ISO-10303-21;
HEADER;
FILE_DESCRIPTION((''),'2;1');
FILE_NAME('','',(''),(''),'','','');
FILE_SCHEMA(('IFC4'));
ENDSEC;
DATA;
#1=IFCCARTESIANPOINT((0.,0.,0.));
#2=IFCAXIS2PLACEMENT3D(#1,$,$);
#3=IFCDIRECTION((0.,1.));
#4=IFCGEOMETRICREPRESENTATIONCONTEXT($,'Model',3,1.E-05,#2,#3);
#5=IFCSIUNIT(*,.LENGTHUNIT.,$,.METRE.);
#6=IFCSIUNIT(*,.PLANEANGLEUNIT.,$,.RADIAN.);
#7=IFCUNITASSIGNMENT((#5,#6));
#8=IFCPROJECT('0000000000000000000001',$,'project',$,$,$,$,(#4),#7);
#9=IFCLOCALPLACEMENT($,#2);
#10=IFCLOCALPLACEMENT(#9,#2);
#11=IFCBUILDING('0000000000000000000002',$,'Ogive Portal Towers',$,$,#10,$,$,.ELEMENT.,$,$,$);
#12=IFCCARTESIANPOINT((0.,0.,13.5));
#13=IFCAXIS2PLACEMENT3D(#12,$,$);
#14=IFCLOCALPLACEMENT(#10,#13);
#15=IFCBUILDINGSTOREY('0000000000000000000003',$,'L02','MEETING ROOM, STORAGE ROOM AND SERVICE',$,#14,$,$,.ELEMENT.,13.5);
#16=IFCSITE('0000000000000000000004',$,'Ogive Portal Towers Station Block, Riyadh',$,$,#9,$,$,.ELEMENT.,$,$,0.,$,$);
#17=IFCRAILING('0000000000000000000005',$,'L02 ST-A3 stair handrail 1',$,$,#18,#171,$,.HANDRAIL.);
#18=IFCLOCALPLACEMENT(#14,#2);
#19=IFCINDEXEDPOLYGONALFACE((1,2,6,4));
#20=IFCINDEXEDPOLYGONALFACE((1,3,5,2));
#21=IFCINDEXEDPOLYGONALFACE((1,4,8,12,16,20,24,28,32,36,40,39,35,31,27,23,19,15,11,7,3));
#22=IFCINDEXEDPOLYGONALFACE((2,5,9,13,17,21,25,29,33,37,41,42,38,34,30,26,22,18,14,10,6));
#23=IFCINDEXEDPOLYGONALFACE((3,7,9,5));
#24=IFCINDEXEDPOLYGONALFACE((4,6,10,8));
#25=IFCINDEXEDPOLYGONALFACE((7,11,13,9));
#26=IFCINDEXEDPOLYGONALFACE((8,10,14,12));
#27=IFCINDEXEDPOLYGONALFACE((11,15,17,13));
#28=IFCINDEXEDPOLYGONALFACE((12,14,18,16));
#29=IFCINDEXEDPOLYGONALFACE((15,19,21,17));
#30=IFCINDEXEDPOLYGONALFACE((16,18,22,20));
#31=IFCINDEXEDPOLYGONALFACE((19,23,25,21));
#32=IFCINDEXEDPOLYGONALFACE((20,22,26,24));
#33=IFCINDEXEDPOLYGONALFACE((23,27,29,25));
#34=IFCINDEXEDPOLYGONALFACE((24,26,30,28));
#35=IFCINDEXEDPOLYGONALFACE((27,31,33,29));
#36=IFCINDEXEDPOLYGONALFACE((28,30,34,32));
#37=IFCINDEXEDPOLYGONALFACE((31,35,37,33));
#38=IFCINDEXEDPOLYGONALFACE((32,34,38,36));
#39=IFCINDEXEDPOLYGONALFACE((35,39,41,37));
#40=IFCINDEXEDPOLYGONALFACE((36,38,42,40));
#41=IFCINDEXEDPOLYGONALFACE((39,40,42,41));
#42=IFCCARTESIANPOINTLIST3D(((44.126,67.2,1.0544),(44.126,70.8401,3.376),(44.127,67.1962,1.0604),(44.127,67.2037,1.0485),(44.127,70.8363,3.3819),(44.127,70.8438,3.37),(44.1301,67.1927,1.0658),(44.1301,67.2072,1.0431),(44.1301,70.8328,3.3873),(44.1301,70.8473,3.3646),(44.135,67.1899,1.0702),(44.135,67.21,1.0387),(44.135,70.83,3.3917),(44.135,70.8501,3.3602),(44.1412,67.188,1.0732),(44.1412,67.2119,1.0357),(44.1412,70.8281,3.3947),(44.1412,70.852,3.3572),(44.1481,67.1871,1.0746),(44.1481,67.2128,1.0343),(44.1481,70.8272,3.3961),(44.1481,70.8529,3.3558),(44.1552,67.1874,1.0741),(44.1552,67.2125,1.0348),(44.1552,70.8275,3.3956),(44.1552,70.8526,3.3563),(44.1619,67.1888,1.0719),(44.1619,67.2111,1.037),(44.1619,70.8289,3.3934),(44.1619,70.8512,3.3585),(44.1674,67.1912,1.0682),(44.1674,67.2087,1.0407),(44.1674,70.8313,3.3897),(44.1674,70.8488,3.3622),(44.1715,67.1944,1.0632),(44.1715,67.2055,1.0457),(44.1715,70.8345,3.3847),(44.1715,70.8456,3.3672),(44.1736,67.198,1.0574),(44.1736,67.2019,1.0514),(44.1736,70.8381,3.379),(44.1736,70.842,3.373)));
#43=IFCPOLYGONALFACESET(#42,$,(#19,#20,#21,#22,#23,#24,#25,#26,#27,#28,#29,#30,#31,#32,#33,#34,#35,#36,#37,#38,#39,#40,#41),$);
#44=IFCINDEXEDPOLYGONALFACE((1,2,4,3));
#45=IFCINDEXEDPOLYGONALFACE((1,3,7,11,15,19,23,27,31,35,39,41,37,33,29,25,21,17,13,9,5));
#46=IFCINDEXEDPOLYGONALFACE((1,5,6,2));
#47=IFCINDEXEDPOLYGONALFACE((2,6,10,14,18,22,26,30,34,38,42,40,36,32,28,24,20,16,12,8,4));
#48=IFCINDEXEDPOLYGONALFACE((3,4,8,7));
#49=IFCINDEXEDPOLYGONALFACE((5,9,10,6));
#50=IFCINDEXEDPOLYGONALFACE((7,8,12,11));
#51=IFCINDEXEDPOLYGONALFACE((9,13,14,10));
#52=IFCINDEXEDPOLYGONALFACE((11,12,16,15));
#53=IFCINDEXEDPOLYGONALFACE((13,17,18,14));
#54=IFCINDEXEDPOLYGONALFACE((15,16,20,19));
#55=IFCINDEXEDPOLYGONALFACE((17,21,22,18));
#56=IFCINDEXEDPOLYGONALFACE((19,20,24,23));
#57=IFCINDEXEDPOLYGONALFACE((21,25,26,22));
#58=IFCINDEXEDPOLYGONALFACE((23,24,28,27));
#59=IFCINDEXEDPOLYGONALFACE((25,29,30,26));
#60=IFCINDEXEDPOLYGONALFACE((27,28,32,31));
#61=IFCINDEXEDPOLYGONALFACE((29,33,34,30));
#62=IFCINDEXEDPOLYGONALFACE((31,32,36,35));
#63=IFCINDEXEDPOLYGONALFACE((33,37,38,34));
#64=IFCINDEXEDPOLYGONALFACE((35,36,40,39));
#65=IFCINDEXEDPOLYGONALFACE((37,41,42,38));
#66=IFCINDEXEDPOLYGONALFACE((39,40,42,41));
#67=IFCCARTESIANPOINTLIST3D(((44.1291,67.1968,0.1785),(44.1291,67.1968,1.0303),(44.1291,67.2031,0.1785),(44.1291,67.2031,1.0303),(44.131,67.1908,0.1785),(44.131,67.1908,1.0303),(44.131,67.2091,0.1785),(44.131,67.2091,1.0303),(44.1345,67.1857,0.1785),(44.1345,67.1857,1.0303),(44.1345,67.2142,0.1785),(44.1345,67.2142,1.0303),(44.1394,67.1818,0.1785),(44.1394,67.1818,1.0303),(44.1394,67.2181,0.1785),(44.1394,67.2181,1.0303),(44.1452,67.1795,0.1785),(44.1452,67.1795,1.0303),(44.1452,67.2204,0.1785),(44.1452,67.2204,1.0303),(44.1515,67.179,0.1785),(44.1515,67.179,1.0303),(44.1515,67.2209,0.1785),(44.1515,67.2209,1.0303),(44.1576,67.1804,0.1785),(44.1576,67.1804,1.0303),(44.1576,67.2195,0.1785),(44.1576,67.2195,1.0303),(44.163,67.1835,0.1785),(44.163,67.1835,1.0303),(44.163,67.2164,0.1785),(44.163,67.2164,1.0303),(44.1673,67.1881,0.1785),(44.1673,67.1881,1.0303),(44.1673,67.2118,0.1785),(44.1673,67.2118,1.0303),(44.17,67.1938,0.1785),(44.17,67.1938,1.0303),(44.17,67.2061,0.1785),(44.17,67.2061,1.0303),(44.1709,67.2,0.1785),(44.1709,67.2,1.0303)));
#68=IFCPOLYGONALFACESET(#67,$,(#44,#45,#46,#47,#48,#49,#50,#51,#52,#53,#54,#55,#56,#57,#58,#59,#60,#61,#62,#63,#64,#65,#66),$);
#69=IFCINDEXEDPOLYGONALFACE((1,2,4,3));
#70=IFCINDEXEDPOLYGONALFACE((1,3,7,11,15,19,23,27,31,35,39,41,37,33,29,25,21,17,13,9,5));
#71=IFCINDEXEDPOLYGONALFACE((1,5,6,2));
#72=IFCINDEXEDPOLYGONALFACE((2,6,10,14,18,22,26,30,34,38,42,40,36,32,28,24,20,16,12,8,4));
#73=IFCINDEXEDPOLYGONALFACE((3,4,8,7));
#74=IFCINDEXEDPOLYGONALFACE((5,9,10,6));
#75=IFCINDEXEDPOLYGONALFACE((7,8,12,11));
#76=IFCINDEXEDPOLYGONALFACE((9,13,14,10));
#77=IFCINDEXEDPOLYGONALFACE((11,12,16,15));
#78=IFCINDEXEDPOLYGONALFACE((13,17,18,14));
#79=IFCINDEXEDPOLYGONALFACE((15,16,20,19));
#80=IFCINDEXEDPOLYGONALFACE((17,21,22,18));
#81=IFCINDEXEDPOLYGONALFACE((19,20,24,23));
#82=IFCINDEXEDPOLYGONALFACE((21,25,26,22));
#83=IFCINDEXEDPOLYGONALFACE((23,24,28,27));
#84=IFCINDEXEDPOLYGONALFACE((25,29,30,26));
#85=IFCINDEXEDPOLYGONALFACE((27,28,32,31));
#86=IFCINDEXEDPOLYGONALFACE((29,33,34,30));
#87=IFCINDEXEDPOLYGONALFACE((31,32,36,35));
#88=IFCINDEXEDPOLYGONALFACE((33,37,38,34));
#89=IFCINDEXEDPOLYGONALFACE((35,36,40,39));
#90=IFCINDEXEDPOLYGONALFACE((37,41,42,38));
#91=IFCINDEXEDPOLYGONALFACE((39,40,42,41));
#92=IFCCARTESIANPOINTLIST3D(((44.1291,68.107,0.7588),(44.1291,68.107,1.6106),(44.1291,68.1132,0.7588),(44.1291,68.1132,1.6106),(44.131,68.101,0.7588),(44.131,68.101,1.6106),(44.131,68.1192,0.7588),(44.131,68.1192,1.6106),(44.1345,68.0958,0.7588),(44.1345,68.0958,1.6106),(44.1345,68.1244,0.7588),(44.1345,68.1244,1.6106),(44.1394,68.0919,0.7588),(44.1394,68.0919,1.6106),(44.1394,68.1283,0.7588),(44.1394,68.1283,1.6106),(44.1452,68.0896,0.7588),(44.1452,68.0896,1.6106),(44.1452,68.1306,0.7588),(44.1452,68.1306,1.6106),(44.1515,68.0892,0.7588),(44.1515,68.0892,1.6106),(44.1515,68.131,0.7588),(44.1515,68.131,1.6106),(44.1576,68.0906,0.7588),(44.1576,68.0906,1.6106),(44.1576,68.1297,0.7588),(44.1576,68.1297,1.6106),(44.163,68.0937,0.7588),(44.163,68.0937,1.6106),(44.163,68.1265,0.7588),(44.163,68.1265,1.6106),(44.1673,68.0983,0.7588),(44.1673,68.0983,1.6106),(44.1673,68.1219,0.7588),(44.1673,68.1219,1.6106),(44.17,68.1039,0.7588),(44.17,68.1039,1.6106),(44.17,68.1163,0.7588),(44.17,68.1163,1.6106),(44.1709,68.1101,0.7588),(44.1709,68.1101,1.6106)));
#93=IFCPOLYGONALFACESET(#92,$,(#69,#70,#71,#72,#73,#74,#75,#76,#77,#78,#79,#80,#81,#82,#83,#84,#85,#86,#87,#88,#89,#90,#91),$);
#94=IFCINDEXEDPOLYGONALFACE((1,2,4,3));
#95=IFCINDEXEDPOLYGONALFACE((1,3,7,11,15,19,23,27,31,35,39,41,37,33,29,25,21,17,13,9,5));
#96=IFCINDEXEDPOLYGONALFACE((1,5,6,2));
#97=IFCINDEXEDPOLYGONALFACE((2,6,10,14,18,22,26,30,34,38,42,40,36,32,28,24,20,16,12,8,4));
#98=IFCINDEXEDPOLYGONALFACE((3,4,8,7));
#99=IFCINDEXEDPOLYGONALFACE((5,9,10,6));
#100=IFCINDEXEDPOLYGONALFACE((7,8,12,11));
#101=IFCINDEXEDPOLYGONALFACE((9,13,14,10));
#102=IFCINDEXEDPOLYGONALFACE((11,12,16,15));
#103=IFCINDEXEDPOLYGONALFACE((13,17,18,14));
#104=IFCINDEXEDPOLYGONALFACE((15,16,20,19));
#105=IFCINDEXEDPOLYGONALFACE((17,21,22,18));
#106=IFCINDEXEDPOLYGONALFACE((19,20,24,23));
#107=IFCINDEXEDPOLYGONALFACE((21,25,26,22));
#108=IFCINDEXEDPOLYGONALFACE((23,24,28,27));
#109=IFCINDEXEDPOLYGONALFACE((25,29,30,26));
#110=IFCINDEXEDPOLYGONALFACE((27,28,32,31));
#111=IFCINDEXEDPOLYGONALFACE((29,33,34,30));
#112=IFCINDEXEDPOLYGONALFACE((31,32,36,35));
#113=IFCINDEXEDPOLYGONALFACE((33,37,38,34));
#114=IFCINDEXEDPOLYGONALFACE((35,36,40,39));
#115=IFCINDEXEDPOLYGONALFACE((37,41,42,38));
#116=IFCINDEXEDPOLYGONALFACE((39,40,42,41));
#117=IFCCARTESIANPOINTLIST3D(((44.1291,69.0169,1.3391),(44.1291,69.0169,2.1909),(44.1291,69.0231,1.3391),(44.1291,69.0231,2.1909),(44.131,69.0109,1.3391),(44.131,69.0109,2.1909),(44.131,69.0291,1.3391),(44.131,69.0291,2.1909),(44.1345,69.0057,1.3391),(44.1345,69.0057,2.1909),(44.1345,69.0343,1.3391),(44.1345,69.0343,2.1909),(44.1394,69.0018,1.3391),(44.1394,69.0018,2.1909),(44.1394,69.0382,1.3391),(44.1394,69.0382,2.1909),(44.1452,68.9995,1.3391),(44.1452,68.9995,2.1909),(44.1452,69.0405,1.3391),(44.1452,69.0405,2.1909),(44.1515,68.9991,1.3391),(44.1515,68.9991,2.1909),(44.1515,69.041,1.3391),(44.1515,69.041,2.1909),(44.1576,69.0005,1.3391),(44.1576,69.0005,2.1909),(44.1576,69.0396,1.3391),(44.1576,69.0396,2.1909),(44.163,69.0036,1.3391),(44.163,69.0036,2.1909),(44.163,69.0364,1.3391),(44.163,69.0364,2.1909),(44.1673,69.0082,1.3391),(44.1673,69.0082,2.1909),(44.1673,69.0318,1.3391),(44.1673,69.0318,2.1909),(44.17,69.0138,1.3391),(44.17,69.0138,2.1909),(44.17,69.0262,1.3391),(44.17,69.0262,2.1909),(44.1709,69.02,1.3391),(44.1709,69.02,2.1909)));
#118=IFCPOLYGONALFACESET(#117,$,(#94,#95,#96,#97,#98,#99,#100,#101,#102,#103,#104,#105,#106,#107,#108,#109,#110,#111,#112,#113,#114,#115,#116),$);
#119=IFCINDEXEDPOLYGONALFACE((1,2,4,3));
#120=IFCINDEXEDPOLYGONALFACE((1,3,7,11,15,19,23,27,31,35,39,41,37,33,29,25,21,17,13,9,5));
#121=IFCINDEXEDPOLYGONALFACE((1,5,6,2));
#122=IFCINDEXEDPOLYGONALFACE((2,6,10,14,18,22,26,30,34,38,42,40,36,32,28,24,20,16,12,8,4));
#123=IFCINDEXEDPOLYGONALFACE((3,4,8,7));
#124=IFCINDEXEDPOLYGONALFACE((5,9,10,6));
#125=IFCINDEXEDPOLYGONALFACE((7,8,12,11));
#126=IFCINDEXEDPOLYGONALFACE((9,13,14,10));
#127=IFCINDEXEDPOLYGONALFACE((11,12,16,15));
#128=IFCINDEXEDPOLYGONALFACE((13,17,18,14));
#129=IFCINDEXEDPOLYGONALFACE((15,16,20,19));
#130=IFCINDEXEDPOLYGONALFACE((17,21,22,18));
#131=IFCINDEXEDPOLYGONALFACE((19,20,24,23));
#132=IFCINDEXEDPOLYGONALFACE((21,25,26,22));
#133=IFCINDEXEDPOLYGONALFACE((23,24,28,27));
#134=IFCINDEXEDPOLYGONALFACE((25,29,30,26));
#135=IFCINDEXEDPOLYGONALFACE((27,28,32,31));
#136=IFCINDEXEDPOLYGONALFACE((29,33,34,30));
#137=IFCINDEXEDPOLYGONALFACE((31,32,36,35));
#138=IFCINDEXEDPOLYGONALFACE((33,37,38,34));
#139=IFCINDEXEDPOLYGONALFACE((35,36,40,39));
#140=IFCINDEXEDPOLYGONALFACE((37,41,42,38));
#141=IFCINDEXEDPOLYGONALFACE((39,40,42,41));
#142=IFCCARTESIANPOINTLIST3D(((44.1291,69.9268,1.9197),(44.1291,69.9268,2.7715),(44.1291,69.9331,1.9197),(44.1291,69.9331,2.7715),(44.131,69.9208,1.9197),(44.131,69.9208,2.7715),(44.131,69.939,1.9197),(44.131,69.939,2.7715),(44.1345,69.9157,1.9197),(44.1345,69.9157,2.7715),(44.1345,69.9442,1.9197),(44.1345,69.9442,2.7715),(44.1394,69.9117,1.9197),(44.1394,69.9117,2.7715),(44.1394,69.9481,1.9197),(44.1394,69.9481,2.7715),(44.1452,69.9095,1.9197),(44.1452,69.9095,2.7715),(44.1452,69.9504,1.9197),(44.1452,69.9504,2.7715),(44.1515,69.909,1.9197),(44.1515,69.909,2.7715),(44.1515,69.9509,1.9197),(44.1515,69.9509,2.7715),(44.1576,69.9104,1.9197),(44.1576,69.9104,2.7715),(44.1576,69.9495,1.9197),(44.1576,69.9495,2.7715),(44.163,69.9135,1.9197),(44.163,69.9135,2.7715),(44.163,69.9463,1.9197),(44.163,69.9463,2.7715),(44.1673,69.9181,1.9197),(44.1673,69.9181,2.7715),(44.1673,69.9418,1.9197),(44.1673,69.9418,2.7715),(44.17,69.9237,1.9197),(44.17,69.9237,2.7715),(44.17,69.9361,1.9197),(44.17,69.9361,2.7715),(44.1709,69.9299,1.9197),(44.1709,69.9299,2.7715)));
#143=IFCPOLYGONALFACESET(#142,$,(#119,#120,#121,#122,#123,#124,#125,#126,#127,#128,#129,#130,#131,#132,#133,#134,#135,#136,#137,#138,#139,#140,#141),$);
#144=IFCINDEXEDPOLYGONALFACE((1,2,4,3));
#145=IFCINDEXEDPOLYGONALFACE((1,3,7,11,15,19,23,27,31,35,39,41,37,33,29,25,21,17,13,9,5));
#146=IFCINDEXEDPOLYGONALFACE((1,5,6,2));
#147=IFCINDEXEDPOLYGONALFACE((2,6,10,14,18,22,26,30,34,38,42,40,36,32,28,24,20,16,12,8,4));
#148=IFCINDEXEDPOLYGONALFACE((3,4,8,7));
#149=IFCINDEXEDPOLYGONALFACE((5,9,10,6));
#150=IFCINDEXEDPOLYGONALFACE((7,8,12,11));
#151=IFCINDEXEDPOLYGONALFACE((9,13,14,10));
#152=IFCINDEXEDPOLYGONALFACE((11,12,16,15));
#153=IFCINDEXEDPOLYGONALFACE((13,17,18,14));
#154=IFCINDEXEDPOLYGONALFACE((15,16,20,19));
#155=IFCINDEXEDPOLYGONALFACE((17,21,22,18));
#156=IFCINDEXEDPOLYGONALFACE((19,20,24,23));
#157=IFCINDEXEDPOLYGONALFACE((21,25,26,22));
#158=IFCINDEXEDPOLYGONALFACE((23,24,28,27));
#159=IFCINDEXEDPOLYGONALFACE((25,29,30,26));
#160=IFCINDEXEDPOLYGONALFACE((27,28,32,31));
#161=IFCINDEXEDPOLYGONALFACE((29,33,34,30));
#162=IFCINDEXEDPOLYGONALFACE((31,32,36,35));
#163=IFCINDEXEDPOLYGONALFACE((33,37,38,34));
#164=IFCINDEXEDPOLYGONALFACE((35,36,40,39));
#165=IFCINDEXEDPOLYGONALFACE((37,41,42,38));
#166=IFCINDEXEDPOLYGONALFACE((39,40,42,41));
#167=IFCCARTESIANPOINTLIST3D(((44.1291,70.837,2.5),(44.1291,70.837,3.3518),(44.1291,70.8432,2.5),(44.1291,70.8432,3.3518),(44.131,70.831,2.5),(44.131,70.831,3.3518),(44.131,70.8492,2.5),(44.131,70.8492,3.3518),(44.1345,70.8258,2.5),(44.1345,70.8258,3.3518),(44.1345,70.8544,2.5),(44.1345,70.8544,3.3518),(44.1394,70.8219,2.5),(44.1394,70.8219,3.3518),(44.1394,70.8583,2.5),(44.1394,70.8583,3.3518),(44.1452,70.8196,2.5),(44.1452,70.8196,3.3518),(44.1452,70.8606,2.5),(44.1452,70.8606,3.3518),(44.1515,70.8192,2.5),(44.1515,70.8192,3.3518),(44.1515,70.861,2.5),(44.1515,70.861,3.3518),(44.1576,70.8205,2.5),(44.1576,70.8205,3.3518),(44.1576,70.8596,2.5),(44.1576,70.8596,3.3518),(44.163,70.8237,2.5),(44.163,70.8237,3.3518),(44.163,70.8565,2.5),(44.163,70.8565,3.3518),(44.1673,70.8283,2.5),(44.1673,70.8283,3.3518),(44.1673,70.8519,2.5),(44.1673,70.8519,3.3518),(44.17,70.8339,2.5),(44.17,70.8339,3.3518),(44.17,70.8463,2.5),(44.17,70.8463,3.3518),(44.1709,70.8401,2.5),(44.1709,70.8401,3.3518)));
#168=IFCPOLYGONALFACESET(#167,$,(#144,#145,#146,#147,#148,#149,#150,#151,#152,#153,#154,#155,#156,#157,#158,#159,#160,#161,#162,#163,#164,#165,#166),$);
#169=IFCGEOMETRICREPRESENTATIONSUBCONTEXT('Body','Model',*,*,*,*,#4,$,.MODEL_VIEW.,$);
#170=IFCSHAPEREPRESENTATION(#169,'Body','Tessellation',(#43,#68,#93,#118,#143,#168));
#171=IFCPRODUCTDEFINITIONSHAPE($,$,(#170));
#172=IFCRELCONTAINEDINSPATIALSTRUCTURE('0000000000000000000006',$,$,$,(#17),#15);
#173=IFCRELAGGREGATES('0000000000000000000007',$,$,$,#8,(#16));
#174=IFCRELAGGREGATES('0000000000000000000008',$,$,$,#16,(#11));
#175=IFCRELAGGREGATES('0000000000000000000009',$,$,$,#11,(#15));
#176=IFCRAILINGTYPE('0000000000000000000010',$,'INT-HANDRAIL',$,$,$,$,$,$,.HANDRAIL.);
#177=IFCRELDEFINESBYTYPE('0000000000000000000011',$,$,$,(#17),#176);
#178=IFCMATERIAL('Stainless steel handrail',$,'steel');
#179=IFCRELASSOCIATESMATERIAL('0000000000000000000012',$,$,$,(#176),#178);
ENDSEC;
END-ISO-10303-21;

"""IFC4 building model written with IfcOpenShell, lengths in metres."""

from ifc_helpers import new_model, si_unit, direction, frame, origin, origin_2d, place, context, subcontext, project, spatial, circle, extrude, material, type_object, element, save


model = new_model("IFC4")

# Units and contexts
model_context = context("Model", 3, precision=1e-05, world=origin(), true_north=direction((0.0, 1.0)))
body_context = subcontext(model_context, "Body", "Model", "MODEL_VIEW")
ifc_project = project(units=[si_unit("LENGTHUNIT", "METRE"), si_unit("PLANEANGLEUNIT", "RADIAN")], contexts=[model_context])

# Site, building, storey
site_placement = place(None, origin())
site = spatial("IfcSite", under=ifc_project, at=site_placement, Name="Ogive Portal Towers Station Block, Riyadh", CompositionType="ELEMENT", RefElevation=0.0)
building_placement = place(site_placement, origin())
building = spatial("IfcBuilding", under=site, at=building_placement, Name="Ogive Portal Towers", CompositionType="ELEMENT")
storey_placement = place(building_placement, frame((0.0, 0.0, 13.5)))
storey = spatial("IfcBuildingStorey", under=building, at=storey_placement, Name="L02", Description="MEETING ROOM, STORAGE ROOM AND SERVICE", CompositionType="ELEMENT", Elevation=13.5)

# Railing
ifc_material_1 = material(Name="Stainless steel handrail", Category="steel")
railing_type_1 = type_object("IfcRailingType", Name="INT-HANDRAIL", PredefinedType="HANDRAIL", material=ifc_material_1)
railing_1_placement = place(storey_placement, frame((44.1499, 67.2, 0.1785)))
element("IfcRailing", 1, at=railing_1_placement, inside=storey, type_object=railing_type_1, Name="L02 ST-A3 stair handrail 1", PredefinedType="HANDRAIL", context=body_context, shape_type="SweptSolid", body=[
    extrude(circle(Radius=0.0239, at=origin_2d()), frame((0.0, 0.0, 0.876), z_axis=(0.0, 0.843128, 0.537713), x_axis=(-1.0, 0.0, 0.0)), (0.0, 0.0, 1.0), 4.3174),
    extrude(circle(Radius=0.021, at=origin_2d()), origin(), (0.0, 0.0, 1.0), 0.8518),
    extrude(circle(Radius=0.021, at=origin_2d()), frame((0.0, 0.9102, 0.5803)), (0.0, 0.0, 1.0), 0.8518),
    extrude(circle(Radius=0.021, at=origin_2d()), frame((0.0, 1.8201, 1.1606)), (0.0, 0.0, 1.0), 0.8518),
    extrude(circle(Radius=0.021, at=origin_2d()), frame((0.0, 2.73, 1.7412)), (0.0, 0.0, 1.0), 0.8518),
    extrude(circle(Radius=0.021, at=origin_2d()), frame((0.0, 3.6401, 2.3215)), (0.0, 0.0, 1.0), 0.8518),
])

save(model, "model.ifc")
